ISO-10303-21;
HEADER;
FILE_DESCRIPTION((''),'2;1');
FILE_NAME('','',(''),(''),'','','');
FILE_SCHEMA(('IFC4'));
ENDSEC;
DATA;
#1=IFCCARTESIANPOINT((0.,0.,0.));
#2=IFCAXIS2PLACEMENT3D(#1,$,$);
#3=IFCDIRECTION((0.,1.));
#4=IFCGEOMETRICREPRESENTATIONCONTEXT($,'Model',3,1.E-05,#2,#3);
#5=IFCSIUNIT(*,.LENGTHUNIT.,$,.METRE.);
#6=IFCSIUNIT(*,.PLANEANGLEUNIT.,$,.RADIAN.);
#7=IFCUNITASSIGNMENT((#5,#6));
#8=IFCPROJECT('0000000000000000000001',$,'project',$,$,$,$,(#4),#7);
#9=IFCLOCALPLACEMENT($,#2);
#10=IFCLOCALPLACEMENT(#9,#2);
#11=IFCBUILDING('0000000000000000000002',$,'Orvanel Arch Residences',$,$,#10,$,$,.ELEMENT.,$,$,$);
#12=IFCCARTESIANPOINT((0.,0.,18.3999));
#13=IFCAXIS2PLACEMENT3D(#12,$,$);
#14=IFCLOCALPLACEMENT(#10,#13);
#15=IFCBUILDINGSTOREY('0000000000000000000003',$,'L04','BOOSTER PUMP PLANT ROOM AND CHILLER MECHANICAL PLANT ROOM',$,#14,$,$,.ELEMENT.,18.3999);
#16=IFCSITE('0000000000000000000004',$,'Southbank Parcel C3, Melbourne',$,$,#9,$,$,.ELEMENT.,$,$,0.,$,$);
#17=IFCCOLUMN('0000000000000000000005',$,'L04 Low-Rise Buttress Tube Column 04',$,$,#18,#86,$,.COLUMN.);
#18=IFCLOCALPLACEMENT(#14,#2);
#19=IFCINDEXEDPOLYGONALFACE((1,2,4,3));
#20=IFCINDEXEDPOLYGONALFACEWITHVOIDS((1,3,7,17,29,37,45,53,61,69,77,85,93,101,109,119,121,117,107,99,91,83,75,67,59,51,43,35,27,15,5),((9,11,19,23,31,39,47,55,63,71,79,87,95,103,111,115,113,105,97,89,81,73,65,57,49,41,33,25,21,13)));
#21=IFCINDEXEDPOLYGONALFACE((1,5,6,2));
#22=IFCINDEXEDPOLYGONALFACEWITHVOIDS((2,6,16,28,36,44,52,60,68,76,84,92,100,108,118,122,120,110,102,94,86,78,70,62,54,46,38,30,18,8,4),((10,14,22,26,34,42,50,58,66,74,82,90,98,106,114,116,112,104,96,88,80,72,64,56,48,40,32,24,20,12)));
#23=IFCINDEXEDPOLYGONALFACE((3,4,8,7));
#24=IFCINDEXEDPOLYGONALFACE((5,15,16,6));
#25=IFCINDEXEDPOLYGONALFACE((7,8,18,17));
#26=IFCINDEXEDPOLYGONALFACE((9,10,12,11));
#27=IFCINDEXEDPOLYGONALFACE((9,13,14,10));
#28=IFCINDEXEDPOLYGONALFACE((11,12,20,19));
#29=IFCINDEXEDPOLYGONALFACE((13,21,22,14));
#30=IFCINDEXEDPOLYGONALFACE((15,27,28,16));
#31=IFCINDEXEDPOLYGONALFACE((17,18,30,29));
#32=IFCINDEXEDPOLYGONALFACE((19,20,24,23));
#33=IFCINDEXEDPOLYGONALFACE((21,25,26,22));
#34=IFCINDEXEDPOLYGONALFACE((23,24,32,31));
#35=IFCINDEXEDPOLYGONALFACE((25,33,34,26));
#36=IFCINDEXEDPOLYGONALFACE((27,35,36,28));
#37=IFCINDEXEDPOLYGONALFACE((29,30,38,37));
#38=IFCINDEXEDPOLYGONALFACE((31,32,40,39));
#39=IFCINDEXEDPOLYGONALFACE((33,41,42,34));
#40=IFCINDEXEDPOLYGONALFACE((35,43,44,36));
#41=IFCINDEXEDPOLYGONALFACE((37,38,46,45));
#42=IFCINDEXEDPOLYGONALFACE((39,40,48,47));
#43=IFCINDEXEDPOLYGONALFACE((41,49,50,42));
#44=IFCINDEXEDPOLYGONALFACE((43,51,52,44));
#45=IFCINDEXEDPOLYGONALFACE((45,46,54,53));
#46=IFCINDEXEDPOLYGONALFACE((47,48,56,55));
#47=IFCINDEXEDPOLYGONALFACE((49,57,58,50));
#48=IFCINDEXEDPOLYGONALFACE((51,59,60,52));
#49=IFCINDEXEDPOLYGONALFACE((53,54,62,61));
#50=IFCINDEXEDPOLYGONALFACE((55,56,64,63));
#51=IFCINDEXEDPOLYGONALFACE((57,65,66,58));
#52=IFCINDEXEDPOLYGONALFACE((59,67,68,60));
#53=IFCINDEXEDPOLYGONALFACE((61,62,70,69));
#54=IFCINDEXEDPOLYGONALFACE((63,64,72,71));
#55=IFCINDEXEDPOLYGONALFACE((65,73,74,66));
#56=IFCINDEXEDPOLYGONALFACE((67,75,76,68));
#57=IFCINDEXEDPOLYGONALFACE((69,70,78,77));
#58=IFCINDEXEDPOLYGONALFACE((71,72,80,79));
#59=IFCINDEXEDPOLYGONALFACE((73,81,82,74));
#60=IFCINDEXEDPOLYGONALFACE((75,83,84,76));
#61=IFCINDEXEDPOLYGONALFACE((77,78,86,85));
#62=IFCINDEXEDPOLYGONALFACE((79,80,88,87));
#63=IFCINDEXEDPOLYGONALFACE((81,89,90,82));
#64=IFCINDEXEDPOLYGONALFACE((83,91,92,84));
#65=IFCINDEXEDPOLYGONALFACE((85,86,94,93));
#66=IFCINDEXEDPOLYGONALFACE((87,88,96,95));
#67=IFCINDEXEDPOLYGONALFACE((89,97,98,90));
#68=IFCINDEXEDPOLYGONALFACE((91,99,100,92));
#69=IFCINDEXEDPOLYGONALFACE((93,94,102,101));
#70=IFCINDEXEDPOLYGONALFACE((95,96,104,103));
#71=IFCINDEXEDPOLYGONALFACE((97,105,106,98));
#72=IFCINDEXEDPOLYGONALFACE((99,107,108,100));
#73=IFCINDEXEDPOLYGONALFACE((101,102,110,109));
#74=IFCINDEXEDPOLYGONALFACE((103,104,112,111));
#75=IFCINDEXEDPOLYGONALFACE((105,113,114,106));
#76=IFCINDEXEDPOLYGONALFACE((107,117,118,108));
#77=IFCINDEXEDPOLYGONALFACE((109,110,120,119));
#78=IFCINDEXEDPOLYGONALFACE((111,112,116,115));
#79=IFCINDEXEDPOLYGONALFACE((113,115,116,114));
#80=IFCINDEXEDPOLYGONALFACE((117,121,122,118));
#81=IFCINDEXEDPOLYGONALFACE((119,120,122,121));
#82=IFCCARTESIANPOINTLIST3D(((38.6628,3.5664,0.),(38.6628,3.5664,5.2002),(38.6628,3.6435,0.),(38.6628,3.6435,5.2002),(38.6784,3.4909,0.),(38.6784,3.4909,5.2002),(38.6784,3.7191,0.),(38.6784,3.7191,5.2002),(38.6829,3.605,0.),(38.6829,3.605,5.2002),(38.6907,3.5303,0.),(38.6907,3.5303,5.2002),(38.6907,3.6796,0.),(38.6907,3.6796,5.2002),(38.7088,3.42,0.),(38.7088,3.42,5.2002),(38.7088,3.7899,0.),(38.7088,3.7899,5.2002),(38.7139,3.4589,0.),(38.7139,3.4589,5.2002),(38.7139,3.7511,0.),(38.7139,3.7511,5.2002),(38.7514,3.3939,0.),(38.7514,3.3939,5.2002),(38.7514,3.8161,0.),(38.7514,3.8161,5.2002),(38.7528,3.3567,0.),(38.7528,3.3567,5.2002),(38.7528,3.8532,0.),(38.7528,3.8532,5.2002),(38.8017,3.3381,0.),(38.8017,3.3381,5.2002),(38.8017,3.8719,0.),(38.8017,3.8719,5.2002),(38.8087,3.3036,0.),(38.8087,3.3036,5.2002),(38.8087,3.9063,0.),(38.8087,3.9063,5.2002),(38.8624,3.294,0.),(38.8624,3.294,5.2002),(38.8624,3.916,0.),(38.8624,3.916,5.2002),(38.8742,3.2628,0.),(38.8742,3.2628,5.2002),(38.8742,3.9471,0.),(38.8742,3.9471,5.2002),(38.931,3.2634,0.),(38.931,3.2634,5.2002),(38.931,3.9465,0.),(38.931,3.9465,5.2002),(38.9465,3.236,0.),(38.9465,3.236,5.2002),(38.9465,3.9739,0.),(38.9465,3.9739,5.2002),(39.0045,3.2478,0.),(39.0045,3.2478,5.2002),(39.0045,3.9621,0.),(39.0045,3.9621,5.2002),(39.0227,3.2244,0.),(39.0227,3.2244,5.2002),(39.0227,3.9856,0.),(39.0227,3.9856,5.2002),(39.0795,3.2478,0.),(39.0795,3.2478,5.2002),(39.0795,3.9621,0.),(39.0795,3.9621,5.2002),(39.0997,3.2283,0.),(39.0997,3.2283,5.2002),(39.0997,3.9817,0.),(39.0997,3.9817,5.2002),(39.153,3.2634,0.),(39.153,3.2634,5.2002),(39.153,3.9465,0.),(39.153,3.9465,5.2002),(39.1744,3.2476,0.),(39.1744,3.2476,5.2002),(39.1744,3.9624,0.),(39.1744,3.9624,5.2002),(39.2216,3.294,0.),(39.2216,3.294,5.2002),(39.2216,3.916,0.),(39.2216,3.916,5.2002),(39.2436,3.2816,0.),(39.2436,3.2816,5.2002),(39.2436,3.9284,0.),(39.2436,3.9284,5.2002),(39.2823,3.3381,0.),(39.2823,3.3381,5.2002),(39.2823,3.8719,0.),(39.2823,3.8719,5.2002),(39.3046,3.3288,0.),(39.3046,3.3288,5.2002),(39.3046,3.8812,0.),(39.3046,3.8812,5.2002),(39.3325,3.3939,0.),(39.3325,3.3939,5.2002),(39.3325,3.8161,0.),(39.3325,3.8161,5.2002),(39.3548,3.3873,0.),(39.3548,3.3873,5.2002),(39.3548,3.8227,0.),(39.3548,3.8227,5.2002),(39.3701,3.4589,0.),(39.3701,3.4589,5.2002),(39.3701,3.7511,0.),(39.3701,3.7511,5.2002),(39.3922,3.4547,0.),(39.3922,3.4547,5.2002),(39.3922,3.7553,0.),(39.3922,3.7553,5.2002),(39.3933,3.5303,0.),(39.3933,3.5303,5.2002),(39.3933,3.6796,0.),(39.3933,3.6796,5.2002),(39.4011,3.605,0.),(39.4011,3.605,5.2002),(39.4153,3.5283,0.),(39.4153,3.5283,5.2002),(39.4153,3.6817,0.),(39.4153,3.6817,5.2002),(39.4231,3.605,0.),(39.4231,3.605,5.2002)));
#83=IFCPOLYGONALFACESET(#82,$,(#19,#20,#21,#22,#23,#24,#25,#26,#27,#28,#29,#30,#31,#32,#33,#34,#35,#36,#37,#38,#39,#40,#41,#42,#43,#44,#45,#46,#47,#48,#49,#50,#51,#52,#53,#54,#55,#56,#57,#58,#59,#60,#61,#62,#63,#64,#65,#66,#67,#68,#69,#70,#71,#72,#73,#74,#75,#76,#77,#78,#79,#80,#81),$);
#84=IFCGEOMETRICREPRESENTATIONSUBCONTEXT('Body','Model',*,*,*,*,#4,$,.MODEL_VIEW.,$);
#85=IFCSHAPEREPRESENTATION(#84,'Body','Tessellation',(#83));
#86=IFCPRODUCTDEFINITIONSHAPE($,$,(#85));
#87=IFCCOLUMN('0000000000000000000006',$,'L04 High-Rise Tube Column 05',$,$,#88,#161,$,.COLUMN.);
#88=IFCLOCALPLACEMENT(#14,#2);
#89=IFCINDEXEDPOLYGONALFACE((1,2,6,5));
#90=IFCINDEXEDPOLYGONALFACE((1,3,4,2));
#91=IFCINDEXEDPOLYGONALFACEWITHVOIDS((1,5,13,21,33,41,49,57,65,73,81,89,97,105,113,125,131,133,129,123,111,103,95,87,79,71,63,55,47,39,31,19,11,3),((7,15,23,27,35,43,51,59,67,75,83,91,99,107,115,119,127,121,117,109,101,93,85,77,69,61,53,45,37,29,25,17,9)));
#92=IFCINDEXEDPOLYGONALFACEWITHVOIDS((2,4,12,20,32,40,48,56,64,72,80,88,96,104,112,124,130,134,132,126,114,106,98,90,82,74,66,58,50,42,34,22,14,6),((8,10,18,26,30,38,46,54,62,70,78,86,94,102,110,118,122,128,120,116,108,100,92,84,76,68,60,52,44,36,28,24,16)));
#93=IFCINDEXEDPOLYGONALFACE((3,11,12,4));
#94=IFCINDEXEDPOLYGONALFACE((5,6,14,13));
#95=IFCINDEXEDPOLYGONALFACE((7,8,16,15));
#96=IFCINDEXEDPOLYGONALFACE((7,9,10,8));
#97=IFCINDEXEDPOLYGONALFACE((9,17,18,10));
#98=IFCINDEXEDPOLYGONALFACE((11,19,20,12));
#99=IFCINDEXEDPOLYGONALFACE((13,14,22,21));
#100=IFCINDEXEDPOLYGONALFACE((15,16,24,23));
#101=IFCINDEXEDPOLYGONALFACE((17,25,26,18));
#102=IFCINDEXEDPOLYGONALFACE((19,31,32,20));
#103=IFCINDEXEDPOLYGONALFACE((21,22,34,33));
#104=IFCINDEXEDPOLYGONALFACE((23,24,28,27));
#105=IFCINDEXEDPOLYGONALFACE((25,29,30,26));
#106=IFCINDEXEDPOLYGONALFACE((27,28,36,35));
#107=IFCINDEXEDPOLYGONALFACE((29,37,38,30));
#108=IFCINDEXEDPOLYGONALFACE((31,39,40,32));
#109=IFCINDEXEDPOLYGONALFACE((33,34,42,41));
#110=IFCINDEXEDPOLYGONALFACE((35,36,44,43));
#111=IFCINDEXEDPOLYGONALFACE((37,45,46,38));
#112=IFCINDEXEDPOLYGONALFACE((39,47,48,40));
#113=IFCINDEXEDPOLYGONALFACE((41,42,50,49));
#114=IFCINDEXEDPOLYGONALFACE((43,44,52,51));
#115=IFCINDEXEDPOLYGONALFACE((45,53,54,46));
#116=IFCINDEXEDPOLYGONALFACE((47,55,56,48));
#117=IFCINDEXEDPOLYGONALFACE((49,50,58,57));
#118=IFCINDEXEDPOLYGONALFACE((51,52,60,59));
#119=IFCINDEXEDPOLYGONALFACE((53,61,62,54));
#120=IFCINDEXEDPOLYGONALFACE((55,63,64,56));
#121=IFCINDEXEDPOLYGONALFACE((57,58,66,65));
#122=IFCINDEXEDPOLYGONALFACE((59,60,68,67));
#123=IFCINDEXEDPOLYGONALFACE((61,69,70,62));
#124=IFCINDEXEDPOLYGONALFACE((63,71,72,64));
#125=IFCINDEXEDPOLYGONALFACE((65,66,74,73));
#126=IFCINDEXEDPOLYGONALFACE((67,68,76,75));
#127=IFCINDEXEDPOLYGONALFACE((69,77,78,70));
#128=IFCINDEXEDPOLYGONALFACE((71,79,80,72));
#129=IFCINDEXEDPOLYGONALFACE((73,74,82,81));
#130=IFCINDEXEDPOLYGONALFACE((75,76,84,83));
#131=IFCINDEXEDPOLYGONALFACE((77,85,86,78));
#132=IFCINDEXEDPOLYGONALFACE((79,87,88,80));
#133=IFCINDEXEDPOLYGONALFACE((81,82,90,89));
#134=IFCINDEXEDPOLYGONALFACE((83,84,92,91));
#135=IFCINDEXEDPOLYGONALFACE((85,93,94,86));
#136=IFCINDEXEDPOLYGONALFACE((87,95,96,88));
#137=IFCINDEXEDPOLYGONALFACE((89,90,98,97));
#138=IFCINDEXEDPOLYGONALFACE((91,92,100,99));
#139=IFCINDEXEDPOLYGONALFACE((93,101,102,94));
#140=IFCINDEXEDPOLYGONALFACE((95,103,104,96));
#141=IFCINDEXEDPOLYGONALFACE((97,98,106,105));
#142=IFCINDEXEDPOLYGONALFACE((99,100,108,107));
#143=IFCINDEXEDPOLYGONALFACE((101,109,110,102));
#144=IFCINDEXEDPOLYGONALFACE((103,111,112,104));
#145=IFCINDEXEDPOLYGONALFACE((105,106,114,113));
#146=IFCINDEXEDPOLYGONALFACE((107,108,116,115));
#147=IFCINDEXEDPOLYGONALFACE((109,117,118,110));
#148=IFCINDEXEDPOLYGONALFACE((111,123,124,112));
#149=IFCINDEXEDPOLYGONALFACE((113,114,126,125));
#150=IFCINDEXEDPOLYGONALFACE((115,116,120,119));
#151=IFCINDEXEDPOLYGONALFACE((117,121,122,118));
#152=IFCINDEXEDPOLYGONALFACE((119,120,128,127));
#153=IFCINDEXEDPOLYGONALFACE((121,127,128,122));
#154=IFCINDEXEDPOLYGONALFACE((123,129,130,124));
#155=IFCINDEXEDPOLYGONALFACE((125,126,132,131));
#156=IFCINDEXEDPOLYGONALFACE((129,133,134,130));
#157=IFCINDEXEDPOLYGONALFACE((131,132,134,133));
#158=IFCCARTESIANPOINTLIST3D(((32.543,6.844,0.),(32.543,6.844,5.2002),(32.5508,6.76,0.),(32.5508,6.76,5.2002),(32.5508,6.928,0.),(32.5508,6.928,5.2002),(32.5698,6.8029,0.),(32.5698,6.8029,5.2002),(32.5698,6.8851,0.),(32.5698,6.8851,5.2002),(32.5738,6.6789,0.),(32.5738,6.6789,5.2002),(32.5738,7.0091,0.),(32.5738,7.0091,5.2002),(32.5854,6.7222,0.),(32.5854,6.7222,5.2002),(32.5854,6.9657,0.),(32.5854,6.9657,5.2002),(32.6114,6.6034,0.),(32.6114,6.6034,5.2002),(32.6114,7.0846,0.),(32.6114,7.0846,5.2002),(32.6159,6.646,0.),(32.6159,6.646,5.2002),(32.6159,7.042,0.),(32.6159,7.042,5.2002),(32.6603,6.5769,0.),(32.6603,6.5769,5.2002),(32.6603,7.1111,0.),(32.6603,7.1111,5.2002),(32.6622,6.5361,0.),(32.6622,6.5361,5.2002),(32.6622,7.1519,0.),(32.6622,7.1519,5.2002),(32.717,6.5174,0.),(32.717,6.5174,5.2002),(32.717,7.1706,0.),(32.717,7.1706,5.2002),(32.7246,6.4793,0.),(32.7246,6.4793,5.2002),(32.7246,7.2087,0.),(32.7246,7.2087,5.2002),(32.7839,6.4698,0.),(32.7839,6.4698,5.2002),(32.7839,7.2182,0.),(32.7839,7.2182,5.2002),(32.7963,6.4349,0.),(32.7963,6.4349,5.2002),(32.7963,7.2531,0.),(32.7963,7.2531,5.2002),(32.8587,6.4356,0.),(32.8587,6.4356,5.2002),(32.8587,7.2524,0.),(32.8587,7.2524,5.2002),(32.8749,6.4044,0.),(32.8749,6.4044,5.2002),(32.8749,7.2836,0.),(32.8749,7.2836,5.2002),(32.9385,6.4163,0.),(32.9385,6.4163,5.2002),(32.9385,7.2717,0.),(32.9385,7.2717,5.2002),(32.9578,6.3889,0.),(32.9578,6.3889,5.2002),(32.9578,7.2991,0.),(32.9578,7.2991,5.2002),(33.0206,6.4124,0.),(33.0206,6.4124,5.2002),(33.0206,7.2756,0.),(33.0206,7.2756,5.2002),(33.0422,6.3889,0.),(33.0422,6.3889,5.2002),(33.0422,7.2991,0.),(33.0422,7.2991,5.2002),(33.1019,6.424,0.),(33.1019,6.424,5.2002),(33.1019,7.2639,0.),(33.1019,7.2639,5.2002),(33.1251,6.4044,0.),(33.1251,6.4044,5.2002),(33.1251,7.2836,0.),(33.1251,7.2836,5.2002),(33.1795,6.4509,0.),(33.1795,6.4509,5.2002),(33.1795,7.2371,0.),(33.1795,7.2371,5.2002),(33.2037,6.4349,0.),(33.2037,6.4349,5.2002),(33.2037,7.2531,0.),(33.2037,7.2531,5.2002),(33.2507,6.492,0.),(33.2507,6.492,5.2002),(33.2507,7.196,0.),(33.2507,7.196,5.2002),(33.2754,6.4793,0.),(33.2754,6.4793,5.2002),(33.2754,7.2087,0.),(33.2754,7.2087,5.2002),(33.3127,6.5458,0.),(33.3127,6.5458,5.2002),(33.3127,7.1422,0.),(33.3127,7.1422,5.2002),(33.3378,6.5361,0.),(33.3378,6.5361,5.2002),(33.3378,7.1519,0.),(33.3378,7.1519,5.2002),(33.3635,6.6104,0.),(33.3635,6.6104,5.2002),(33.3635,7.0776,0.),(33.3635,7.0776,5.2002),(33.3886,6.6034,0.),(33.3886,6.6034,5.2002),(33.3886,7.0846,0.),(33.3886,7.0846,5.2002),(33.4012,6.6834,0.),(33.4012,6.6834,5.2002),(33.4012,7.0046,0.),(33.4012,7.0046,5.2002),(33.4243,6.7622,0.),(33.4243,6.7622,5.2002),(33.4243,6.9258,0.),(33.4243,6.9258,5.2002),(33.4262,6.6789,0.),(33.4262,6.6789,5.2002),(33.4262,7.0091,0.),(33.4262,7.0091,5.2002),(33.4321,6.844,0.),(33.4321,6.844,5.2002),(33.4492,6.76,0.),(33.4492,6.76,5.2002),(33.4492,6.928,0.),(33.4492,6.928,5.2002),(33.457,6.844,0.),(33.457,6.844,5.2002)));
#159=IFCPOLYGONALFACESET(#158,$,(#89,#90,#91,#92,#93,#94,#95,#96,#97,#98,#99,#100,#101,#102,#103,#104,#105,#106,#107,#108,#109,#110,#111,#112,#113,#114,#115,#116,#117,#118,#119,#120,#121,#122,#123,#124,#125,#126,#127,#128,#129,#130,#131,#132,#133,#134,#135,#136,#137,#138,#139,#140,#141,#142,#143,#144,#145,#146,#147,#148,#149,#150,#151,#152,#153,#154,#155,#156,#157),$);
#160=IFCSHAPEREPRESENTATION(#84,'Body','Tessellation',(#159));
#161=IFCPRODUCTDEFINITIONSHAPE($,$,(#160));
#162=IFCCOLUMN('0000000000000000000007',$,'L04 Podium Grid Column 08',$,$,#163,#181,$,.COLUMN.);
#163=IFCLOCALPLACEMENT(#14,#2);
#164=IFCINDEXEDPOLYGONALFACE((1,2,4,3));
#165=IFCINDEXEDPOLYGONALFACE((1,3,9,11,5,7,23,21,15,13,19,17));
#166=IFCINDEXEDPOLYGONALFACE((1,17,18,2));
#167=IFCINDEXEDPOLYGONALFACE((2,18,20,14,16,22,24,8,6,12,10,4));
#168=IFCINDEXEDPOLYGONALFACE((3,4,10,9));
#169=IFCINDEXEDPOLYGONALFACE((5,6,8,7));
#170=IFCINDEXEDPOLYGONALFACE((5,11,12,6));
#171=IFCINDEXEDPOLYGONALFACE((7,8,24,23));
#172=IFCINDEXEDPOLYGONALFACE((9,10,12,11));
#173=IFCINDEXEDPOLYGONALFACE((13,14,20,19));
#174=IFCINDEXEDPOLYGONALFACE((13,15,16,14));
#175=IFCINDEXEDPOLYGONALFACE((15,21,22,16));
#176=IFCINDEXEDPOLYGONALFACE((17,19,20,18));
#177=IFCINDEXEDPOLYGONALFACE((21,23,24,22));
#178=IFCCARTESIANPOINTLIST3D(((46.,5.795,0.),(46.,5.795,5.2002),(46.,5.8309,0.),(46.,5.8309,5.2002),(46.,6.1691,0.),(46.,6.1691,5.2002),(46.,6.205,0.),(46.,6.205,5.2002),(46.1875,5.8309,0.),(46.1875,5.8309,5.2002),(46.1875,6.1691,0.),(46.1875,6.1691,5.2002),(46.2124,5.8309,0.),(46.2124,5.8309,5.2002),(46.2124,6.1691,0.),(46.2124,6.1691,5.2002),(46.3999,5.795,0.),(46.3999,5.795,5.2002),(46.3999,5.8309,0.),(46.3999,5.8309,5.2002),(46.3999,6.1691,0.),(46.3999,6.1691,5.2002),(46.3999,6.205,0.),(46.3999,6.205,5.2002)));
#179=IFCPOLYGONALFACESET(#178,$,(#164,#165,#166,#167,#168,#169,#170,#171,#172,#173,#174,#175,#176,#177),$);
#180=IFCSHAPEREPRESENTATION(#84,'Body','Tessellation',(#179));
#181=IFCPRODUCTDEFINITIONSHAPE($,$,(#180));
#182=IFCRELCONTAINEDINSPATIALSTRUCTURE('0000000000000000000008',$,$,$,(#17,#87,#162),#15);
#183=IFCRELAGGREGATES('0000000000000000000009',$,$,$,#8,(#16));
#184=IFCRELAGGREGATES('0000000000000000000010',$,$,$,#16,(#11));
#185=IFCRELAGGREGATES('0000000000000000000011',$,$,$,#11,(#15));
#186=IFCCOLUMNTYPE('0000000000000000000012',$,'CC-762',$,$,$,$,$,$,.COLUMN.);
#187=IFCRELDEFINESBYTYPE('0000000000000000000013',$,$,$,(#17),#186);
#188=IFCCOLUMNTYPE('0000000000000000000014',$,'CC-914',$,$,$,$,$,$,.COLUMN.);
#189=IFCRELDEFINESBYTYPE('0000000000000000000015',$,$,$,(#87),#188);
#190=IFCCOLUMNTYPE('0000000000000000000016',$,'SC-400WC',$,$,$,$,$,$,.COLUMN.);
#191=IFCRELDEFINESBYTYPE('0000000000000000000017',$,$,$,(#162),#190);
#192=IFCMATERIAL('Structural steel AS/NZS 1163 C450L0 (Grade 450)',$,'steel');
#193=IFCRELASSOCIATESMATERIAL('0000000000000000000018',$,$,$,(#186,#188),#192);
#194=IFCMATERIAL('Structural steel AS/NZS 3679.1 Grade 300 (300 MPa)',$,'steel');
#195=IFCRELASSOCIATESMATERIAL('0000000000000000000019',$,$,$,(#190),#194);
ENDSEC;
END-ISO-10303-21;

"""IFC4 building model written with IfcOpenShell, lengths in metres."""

from ifc_helpers import new_model, si_unit, direction, frame, origin, origin_2d, place, context, subcontext, project, spatial, hollow_circle, i_section, extrude, material, material_profile, profile_set, type_object, element, save


model = new_model("IFC4")

# Units and contexts
model_context = context("Model", 3, precision=1e-05, world=origin(), true_north=direction((0.0, 1.0)))
body_context = subcontext(model_context, "Body", "Model", "MODEL_VIEW")
ifc_project = project(units=[si_unit("LENGTHUNIT", "METRE"), si_unit("PLANEANGLEUNIT", "RADIAN")], contexts=[model_context])

# Site, building, storey
site_placement = place(None, origin())
site = spatial("IfcSite", under=ifc_project, at=site_placement, Name="Southbank Parcel C3, Melbourne", CompositionType="ELEMENT", RefElevation=0.0)
building_placement = place(site_placement, origin())
building = spatial("IfcBuilding", under=site, at=building_placement, Name="Orvanel Arch Residences", CompositionType="ELEMENT")
storey_placement = place(building_placement, frame((0.0, 0.0, 18.3999)))
storey = spatial("IfcBuildingStorey", under=building, at=storey_placement, Name="L04", Description="BOOSTER PUMP PLANT ROOM AND CHILLER MECHANICAL PLANT ROOM", CompositionType="ELEMENT", Elevation=18.3999)

# Columns
ifc_material_1 = material(Name="Structural steel AS/NZS 1163 C450L0 (Grade 450)", Category="steel")
ifc_material_profile_1 = material_profile(ifc_material_1, hollow_circle(Radius=0.3811, WallThickness=0.022, at=origin_2d()), Name="CHS762x22")
ifc_profile_set_1 = profile_set([ifc_material_profile_1], Name="Structural steel AS/NZS 1163 C450L0 (Grade 450)")
column_type_1 = type_object("IfcColumnType", Name="CC-762", PredefinedType="COLUMN", material=ifc_profile_set_1)
column_1_placement = place(storey_placement, frame((39.042, 3.605, 0.0), z_axis=(0.0, 0.0, 1.0), x_axis=(1.0, 0.0, 0.0)))
element("IfcColumn", 1, at=column_1_placement, inside=storey, type_object=column_type_1, Name="L04 Low-Rise Buttress Tube Column 04", PredefinedType="COLUMN", context=body_context, shape_type="SweptSolid", body=[
    extrude(hollow_circle(Radius=0.3811, WallThickness=0.022, at=origin_2d()), origin(), (0.0, 0.0, 1.0), 5.2002),
])
ifc_material_profile_2 = material_profile(ifc_material_1, hollow_circle(Radius=0.457, WallThickness=0.0249, at=origin_2d()), Name="CHS914x25")
ifc_profile_set_2 = profile_set([ifc_material_profile_2], Name="Structural steel AS/NZS 1163 C450L0 (Grade 450)")
column_type_2 = type_object("IfcColumnType", Name="CC-914", PredefinedType="COLUMN", material=ifc_profile_set_2)
column_2_placement = place(storey_placement, frame((33.0, 6.844, 0.0), z_axis=(0.0, 0.0, 1.0), x_axis=(1.0, 0.0, 0.0)))
element("IfcColumn", 2, at=column_2_placement, inside=storey, type_object=column_type_2, Name="L04 High-Rise Tube Column 05", PredefinedType="COLUMN", context=body_context, shape_type="SweptSolid", body=[
    extrude(hollow_circle(Radius=0.457, WallThickness=0.0249, at=origin_2d()), origin(), (0.0, 0.0, 1.0), 5.2002),
])
ifc_material_2 = material(Name="Structural steel AS/NZS 3679.1 Grade 300 (300 MPa)", Category="steel")
ifc_material_profile_3 = material_profile(ifc_material_2, i_section(OverallWidth=0.3999, OverallDepth=0.4099, WebThickness=0.0249, FlangeThickness=0.0359, at=origin_2d()), Name="400WC328")
ifc_profile_set_3 = profile_set([ifc_material_profile_3], Name="Structural steel AS/NZS 3679.1 Grade 300 (300 MPa)")
column_type_3 = type_object("IfcColumnType", Name="SC-400WC", PredefinedType="COLUMN", material=ifc_profile_set_3)
column_3_placement = place(storey_placement, frame((46.2, 6.0, 0.0), z_axis=(0.0, 0.0, 1.0), x_axis=(1.0, 0.0, 0.0)))
element("IfcColumn", 3, at=column_3_placement, inside=storey, type_object=column_type_3, Name="L04 Podium Grid Column 08", PredefinedType="COLUMN", context=body_context, shape_type="SweptSolid", body=[
    extrude(i_section(OverallWidth=0.3999, OverallDepth=0.4099, WebThickness=0.0249, FlangeThickness=0.0359, at=origin_2d()), origin(), (0.0, 0.0, 1.0), 5.2002),
])

save(model, "model.ifc")
